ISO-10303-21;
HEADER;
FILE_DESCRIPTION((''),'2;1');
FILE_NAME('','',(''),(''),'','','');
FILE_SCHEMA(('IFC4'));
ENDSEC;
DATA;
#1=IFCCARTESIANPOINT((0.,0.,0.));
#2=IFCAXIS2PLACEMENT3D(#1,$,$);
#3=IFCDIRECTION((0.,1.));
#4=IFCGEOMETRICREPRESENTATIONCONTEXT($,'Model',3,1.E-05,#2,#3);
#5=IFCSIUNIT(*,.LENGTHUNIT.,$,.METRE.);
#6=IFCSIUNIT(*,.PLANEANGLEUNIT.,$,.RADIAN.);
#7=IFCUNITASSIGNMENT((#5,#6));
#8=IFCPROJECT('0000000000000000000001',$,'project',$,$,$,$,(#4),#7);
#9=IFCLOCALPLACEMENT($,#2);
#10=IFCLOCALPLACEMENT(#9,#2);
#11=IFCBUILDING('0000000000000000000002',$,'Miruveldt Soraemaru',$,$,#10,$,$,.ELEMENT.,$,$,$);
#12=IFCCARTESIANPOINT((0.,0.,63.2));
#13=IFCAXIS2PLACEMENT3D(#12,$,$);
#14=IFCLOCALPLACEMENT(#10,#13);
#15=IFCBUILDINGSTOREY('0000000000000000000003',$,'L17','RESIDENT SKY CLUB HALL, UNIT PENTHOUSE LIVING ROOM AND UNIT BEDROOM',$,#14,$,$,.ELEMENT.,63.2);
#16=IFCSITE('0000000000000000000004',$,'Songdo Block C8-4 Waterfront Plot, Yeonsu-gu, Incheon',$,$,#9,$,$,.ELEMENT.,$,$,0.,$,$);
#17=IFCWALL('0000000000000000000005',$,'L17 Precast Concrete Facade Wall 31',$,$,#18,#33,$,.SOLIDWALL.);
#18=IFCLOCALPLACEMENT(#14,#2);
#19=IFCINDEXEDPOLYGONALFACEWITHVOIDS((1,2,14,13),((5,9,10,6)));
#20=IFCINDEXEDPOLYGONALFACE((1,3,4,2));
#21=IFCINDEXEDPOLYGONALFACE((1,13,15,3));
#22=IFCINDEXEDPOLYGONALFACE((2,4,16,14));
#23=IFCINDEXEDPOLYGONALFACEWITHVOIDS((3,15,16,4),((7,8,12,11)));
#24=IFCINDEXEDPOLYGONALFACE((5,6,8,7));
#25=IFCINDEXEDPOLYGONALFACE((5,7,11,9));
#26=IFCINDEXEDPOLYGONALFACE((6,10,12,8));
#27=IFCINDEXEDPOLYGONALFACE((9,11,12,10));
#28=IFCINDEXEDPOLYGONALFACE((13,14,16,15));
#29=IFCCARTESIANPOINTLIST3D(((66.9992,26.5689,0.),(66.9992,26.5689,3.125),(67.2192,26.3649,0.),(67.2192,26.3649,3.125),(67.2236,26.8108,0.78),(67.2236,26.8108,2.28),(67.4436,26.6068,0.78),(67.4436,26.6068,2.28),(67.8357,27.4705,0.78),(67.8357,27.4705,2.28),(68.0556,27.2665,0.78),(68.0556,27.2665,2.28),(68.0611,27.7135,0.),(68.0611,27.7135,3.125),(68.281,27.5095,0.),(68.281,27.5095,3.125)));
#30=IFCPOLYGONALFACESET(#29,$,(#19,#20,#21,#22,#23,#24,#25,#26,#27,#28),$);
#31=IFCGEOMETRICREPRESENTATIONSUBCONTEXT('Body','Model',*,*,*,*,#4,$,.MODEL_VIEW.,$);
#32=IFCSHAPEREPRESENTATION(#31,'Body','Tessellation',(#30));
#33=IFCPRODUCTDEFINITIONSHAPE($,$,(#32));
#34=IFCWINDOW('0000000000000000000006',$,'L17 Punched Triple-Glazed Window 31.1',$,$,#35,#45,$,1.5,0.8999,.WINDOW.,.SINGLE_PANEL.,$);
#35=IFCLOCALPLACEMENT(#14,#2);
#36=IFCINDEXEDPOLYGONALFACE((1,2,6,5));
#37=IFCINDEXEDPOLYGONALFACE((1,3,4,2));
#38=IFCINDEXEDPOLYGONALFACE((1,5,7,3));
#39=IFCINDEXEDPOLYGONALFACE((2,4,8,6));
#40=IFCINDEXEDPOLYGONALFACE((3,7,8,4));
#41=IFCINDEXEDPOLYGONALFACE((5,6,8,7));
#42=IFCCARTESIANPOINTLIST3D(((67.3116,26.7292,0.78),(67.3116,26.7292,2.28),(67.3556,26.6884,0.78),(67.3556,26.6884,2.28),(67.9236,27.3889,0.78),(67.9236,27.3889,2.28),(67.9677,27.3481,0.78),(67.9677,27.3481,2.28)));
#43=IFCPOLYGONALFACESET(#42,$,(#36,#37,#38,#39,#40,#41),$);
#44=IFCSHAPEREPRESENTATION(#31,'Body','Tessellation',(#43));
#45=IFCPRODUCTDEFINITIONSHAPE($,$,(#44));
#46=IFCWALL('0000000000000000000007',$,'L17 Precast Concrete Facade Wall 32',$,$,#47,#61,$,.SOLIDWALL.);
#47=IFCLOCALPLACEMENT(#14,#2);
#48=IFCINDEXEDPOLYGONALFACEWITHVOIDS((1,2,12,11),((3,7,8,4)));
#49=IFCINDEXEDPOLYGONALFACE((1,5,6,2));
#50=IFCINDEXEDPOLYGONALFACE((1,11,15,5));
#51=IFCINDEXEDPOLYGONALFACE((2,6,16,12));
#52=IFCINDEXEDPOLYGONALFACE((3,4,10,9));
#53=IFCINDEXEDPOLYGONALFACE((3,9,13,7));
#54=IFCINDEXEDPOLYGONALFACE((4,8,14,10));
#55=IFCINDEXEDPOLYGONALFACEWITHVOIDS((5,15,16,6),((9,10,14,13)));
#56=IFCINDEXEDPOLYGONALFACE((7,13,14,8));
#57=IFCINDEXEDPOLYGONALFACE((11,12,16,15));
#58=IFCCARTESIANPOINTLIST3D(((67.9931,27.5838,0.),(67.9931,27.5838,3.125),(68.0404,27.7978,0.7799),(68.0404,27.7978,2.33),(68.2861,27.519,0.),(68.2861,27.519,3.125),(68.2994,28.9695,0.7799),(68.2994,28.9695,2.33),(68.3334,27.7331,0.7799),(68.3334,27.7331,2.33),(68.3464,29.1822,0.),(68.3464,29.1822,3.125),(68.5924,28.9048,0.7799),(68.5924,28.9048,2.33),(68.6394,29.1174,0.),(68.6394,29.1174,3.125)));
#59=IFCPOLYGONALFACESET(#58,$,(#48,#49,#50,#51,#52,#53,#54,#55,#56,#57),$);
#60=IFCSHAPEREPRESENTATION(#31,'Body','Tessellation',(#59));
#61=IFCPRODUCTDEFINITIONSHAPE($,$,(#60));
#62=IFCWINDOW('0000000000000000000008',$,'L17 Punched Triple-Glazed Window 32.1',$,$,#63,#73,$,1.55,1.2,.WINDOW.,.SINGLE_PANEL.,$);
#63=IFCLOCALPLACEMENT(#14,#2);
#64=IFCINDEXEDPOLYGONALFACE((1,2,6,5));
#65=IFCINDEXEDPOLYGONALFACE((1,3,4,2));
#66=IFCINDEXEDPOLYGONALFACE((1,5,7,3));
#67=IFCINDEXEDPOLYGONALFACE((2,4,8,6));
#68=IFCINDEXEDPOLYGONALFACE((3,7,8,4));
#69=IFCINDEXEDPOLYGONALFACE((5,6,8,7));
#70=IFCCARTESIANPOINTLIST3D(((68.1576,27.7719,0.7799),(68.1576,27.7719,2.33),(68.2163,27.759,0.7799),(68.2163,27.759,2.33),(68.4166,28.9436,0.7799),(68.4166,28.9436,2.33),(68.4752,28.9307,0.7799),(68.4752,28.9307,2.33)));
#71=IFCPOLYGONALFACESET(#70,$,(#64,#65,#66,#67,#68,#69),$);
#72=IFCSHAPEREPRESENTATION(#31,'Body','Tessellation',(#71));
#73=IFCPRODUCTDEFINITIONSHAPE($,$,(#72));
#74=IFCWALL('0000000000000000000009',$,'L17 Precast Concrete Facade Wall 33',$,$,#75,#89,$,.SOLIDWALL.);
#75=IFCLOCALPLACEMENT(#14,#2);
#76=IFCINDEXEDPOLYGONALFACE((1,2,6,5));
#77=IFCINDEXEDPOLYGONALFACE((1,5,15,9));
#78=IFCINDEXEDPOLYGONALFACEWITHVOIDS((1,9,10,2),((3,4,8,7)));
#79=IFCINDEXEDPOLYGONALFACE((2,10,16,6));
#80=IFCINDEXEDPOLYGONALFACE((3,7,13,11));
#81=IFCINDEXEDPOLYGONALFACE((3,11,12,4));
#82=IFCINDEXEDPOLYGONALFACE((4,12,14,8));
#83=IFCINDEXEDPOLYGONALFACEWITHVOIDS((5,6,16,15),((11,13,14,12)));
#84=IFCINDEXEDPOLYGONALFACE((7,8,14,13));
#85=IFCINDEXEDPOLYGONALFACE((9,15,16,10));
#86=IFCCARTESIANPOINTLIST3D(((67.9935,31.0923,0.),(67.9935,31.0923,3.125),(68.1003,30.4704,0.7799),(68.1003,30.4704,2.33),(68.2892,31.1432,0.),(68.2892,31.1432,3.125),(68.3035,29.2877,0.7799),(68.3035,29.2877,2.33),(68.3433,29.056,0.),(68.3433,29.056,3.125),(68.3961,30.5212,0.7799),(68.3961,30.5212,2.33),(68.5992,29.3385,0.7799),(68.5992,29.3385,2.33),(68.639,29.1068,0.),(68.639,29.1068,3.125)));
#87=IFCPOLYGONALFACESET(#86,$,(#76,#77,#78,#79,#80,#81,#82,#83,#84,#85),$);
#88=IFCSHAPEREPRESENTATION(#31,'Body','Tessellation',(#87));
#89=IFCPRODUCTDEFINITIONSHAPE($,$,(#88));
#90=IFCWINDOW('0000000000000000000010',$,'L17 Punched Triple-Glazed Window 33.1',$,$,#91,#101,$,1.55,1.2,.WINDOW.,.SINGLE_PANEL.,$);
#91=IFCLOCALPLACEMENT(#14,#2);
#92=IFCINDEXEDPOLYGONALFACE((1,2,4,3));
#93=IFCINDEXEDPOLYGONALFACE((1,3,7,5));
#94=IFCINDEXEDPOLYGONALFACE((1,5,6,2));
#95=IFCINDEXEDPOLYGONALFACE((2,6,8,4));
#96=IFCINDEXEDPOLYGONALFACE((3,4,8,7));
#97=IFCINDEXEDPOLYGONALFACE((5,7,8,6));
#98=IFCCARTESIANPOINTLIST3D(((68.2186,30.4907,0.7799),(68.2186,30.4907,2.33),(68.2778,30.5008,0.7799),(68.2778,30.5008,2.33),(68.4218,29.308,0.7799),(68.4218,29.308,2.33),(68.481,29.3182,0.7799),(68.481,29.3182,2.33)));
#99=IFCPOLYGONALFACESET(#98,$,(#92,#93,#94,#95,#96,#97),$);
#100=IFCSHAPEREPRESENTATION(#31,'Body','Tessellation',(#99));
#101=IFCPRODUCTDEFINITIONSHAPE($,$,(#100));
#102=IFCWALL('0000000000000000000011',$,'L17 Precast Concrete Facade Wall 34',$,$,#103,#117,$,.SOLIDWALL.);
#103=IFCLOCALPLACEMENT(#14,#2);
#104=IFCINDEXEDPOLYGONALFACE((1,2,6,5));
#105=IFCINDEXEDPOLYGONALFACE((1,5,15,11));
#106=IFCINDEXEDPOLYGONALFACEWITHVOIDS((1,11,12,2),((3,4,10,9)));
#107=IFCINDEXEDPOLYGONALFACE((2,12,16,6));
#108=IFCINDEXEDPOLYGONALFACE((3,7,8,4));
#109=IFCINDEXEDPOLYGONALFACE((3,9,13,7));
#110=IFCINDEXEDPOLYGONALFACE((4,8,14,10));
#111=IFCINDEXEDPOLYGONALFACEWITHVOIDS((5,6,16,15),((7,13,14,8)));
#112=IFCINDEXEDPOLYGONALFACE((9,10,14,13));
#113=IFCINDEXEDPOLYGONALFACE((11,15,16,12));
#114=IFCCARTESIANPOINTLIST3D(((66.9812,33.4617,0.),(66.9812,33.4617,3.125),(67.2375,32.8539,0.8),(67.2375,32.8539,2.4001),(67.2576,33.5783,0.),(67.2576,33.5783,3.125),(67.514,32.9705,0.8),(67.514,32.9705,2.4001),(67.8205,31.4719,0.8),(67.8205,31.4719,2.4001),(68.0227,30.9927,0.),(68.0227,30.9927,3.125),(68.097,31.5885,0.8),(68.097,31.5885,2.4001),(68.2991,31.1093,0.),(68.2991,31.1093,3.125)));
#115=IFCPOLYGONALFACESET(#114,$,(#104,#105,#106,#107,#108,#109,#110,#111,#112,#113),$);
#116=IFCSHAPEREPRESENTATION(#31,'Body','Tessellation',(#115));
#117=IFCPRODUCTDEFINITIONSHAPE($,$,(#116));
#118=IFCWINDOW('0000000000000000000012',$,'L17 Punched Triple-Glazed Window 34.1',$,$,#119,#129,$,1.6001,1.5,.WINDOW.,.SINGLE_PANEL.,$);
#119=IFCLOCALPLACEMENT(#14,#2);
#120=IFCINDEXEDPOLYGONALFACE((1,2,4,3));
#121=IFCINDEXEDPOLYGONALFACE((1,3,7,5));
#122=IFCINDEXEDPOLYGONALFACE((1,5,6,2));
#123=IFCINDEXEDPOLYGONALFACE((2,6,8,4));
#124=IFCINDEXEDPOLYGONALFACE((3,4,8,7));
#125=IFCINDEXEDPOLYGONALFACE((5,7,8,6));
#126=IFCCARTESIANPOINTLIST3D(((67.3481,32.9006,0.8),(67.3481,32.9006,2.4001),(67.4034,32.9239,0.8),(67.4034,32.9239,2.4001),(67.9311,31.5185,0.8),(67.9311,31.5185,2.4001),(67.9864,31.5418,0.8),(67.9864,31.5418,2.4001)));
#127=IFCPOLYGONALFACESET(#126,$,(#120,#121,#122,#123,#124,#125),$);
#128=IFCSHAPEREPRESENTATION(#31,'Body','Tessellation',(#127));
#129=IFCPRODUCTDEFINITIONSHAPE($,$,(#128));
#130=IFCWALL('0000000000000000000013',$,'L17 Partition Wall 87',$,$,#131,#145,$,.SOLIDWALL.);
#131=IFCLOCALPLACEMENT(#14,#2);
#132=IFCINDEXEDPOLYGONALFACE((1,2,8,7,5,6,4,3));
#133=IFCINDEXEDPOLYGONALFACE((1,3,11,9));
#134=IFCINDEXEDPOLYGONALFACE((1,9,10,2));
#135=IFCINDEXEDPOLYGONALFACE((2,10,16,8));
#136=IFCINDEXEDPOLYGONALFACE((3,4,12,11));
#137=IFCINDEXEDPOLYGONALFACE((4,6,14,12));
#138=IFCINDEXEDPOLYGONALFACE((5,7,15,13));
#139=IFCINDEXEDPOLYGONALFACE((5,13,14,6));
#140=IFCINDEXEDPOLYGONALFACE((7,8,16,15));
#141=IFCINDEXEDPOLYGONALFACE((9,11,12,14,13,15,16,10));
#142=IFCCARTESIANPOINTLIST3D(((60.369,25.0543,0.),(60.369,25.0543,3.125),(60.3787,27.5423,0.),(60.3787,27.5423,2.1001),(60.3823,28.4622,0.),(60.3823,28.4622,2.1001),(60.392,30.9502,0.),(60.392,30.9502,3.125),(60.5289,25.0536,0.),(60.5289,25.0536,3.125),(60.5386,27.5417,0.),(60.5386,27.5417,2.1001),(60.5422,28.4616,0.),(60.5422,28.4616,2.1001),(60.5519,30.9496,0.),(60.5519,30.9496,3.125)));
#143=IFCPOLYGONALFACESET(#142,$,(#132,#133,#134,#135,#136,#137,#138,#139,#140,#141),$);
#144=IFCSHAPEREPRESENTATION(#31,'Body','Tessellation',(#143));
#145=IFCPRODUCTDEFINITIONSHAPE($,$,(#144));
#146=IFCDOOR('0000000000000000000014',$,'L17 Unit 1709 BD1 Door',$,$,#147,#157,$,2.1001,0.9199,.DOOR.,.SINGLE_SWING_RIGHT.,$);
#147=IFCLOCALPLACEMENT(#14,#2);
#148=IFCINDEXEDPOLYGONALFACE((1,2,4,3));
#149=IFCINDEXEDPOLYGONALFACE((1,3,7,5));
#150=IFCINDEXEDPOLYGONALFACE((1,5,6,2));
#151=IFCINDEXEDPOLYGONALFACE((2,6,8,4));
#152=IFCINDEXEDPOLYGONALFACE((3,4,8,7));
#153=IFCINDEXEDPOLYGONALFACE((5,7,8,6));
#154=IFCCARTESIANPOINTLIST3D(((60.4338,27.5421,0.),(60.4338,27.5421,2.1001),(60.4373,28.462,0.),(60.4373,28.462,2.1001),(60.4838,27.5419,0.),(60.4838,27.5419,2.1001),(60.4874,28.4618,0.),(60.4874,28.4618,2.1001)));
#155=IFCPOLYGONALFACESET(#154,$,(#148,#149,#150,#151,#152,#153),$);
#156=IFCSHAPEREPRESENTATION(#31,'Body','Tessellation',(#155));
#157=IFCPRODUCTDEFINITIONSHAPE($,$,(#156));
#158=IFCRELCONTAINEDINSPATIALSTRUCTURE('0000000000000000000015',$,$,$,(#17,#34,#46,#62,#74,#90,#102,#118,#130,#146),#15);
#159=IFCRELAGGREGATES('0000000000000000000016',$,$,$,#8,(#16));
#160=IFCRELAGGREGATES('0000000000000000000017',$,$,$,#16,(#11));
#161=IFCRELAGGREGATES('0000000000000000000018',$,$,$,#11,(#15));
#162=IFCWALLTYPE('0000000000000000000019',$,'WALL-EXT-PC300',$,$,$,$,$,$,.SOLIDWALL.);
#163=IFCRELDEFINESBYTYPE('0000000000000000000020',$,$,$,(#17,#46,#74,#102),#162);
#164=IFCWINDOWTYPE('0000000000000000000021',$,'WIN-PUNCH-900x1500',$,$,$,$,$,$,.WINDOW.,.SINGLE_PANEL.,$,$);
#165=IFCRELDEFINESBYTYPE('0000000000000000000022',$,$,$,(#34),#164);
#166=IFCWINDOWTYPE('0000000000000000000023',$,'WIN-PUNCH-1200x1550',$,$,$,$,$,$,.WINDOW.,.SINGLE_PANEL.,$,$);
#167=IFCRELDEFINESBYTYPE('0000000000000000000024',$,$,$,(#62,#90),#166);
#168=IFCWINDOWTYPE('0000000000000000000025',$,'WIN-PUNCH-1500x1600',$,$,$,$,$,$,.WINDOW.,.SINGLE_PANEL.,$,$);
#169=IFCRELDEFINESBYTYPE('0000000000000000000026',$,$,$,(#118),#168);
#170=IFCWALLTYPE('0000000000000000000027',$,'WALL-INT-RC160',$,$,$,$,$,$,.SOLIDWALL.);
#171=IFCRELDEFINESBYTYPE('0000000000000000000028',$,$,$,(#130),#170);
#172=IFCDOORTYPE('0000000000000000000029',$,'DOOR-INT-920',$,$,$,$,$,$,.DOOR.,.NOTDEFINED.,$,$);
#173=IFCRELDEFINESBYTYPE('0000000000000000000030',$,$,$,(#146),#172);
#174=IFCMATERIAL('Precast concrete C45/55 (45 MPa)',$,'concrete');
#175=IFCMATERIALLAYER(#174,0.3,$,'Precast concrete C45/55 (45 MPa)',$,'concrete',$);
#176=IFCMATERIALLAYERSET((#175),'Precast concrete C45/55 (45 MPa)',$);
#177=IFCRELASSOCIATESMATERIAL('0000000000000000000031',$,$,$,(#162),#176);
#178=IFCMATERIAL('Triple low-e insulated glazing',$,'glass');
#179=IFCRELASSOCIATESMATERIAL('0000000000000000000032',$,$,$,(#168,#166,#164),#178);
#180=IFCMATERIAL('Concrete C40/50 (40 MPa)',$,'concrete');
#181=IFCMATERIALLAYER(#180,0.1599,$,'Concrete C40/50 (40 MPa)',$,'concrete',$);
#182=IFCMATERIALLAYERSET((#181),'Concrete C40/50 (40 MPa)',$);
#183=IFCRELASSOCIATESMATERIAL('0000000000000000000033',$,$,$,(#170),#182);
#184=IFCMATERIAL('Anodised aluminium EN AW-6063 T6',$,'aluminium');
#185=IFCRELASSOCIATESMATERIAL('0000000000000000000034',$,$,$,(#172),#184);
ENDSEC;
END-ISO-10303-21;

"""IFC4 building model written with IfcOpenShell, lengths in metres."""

from ifc_helpers import new_model, si_unit, direction, frame, frame_2d, origin, place, context, subcontext, project, spatial, rectangle, extrude, material, layer, layer_set, type_object, element, fill, save


model = new_model("IFC4")

# Units and contexts
model_context = context("Model", 3, precision=1e-05, world=origin(), true_north=direction((0.0, 1.0)))
body_context = subcontext(model_context, "Body", "Model", "MODEL_VIEW")
ifc_project = project(units=[si_unit("LENGTHUNIT", "METRE"), si_unit("PLANEANGLEUNIT", "RADIAN")], contexts=[model_context])

# Site, building, storey
site_placement = place(None, origin())
site = spatial("IfcSite", under=ifc_project, at=site_placement, Name="Songdo Block C8-4 Waterfront Plot, Yeonsu-gu, Incheon", CompositionType="ELEMENT", RefElevation=0.0)
building_placement = place(site_placement, origin())
building = spatial("IfcBuilding", under=site, at=building_placement, Name="Miruveldt Soraemaru", CompositionType="ELEMENT")
storey_placement = place(building_placement, frame((0.0, 0.0, 63.2)))
storey = spatial("IfcBuildingStorey", under=building, at=storey_placement, Name="L17", Description="RESIDENT SKY CLUB HALL, UNIT PENTHOUSE LIVING ROOM AND UNIT BEDROOM", CompositionType="ELEMENT", Elevation=63.2)

# Shared definitions
ifc_material_1 = material(Name="Anodised aluminium EN AW-6063 T6", Category="aluminium")

# Shared definitions
ifc_material_2 = material(Name="Precast concrete C45/55 (45 MPa)", Category="concrete")
ifc_layer_1 = layer(ifc_material_2, 0.3, Name="Precast concrete C45/55 (45 MPa)", Category="concrete")
ifc_layer_set_1 = layer_set([ifc_layer_1], Name="Precast concrete C45/55 (45 MPa)")
wall_type_1 = type_object("IfcWallType", Name="WALL-EXT-PC300", PredefinedType="SOLIDWALL", material=ifc_layer_set_1)
ifc_material_3 = material(Name="Triple low-e insulated glazing", Category="glass")
window_type_1 = type_object("IfcWindowType", Name="WIN-PUNCH-1500x1600", PartitioningType="SINGLE_PANEL", PredefinedType="WINDOW", material=ifc_material_3)

# Walls, openings, windows
window_type_2 = type_object("IfcWindowType", Name="WIN-PUNCH-1200x1550", PartitioningType="SINGLE_PANEL", PredefinedType="WINDOW", material=ifc_material_3)
wall_1_placement = place(storey_placement, frame((67.1091, 26.4668, 0.0), z_axis=(0.0, 0.0, 1.0), x_axis=(0.680103, 0.733116, 0.0)))
wall_1 = element("IfcWall", 1, at=wall_1_placement, inside=storey, type_object=wall_type_1, Name="L17 Precast Concrete Facade Wall 31", PredefinedType="SOLIDWALL", context=body_context, shape_type="SweptSolid", body=[
    extrude(rectangle(XDim=1.5613, YDim=0.3, at=frame_2d((0.7808, 0.0))), origin(), (0.0, 0.0, 1.0), 3.125),
])
opening_1_placement = place(wall_1_placement, frame((0.3301, 0.0, 0.78)))
opening_1 = element("IfcOpeningElement", 2, at=opening_1_placement, cuts=wall_1, PredefinedType="OPENING", context=body_context, shape_type="SweptSolid", body=[
    extrude(rectangle(XDim=0.8999, YDim=1.5, at=frame_2d((0.45, 0.75))), frame((0.0, 0.1602, 0.0), z_axis=(0.0, -1.0, 0.0), x_axis=(1.0, 0.0, 0.0)), (0.0, 0.0, 1.0), 0.3201),
])
window_type_3 = type_object("IfcWindowType", Name="WIN-PUNCH-900x1500", PartitioningType="SINGLE_PANEL", PredefinedType="WINDOW", material=ifc_material_3)
window_1_placement = place(opening_1_placement, origin())
window_1 = element("IfcWindow", 3, at=window_1_placement, inside=storey, type_object=window_type_3, Name="L17 Punched Triple-Glazed Window 31.1", OverallHeight=1.5, OverallWidth=0.8999, PartitioningType="SINGLE_PANEL", PredefinedType="WINDOW", context=body_context, shape_type="SweptSolid", body=[
    extrude(rectangle(XDim=0.8999, YDim=1.5, at=frame_2d((0.45, 0.75))), frame((0.0, 0.03, 0.0), z_axis=(0.0, -1.0, 0.0), x_axis=(1.0, 0.0, 0.0)), (0.0, 0.0, 1.0), 0.0601),
])
fill(opening_1, window_1)
wall_2_placement = place(storey_placement, frame((68.1396, 27.5515, 0.0), z_axis=(0.0, 0.0, 1.0), x_axis=(0.215809, 0.976436, 0.0)))
wall_2 = element("IfcWall", 4, at=wall_2_placement, inside=storey, type_object=wall_type_1, Name="L17 Precast Concrete Facade Wall 32", PredefinedType="SOLIDWALL", context=body_context, shape_type="SweptSolid", body=[
    extrude(rectangle(XDim=1.637, YDim=0.3, at=frame_2d((0.8184, 0.0))), origin(), (0.0, 0.0, 1.0), 3.125),
])
opening_2_placement = place(wall_2_placement, frame((0.219, 0.0, 0.78)))
opening_2 = element("IfcOpeningElement", 5, at=opening_2_placement, cuts=wall_2, PredefinedType="OPENING", context=body_context, shape_type="SweptSolid", body=[
    extrude(rectangle(XDim=1.2, YDim=1.55, at=frame_2d((0.6001, 0.7749))), frame((0.0, 0.1602, 0.0), z_axis=(0.0, -1.0, 0.0), x_axis=(1.0, 0.0, 0.0)), (0.0, 0.0, 1.0), 0.3201),
])
window_2_placement = place(opening_2_placement, origin())
window_2 = element("IfcWindow", 6, at=window_2_placement, inside=storey, type_object=window_type_2, Name="L17 Punched Triple-Glazed Window 32.1", OverallHeight=1.55, OverallWidth=1.2, PartitioningType="SINGLE_PANEL", PredefinedType="WINDOW", context=body_context, shape_type="SweptSolid", body=[
    extrude(rectangle(XDim=1.2, YDim=1.55, at=frame_2d((0.6001, 0.7749))), frame((0.0, 0.03, 0.0), z_axis=(0.0, -1.0, 0.0), x_axis=(1.0, 0.0, 0.0)), (0.0, 0.0, 1.0), 0.0601),
])
fill(opening_2, window_2)
wall_3_placement = place(storey_placement, frame((68.4912, 29.0813, 0.0), z_axis=(0.0, 0.0, 1.0), x_axis=(-0.169321, 0.985561, 0.0)))
wall_3 = element("IfcWall", 7, at=wall_3_placement, inside=storey, type_object=wall_type_1, Name="L17 Precast Concrete Facade Wall 33", PredefinedType="SOLIDWALL", context=body_context, shape_type="SweptSolid", body=[
    extrude(rectangle(XDim=2.0662, YDim=0.3, at=frame_2d((1.0332, 0.0))), origin(), (0.0, 0.0, 1.0), 3.125),
])
opening_3_placement = place(wall_3_placement, frame((0.2351, 0.0, 0.78)))
opening_3 = element("IfcOpeningElement", 8, at=opening_3_placement, cuts=wall_3, PredefinedType="OPENING", context=body_context, shape_type="SweptSolid", body=[
    extrude(rectangle(XDim=1.2, YDim=1.55, at=frame_2d((0.6001, 0.7749))), frame((0.0, 0.1602, 0.0), z_axis=(0.0, -1.0, 0.0), x_axis=(1.0, 0.0, 0.0)), (0.0, 0.0, 1.0), 0.3201),
])
window_3_placement = place(opening_3_placement, origin())
window_3 = element("IfcWindow", 9, at=window_3_placement, inside=storey, type_object=window_type_2, Name="L17 Punched Triple-Glazed Window 33.1", OverallHeight=1.55, OverallWidth=1.2, PartitioningType="SINGLE_PANEL", PredefinedType="WINDOW", context=body_context, shape_type="SweptSolid", body=[
    extrude(rectangle(XDim=1.2, YDim=1.55, at=frame_2d((0.6001, 0.7749))), frame((0.0, 0.03, 0.0), z_axis=(0.0, -1.0, 0.0), x_axis=(1.0, 0.0, 0.0)), (0.0, 0.0, 1.0), 0.0601),
])
fill(opening_3, window_3)
wall_4_placement = place(storey_placement, frame((68.1609, 31.051, 0.0), z_axis=(0.0, 0.0, 1.0), x_axis=(-0.388668, 0.921378, 0.0)))
wall_4 = element("IfcWall", 10, at=wall_4_placement, inside=storey, type_object=wall_type_1, Name="L17 Precast Concrete Facade Wall 34", PredefinedType="SOLIDWALL", context=body_context, shape_type="SweptSolid", body=[
    extrude(rectangle(XDim=2.6797, YDim=0.3, at=frame_2d((1.3398, 0.0))), origin(), (0.0, 0.0, 1.0), 3.125),
])
opening_4_placement = place(wall_4_placement, frame((0.52, 0.0, 0.8)))
opening_4 = element("IfcOpeningElement", 11, at=opening_4_placement, cuts=wall_4, PredefinedType="OPENING", context=body_context, shape_type="SweptSolid", body=[
    extrude(rectangle(XDim=1.5, YDim=1.6001, at=frame_2d((0.75, 0.8))), frame((0.0, 0.1602, 0.0), z_axis=(0.0, -1.0, 0.0), x_axis=(1.0, 0.0, 0.0)), (0.0, 0.0, 1.0), 0.3201),
])
window_4_placement = place(opening_4_placement, origin())
window_4 = element("IfcWindow", 12, at=window_4_placement, inside=storey, type_object=window_type_1, Name="L17 Punched Triple-Glazed Window 34.1", OverallHeight=1.6001, OverallWidth=1.5, PartitioningType="SINGLE_PANEL", PredefinedType="WINDOW", context=body_context, shape_type="SweptSolid", body=[
    extrude(rectangle(XDim=1.5, YDim=1.6001, at=frame_2d((0.75, 0.8))), frame((0.0, 0.03, 0.0), z_axis=(0.0, -1.0, 0.0), x_axis=(1.0, 0.0, 0.0)), (0.0, 0.0, 1.0), 0.0601),
])
fill(opening_4, window_4)

# Wall, opening, door
ifc_material_4 = material(Name="Concrete C40/50 (40 MPa)", Category="concrete")
ifc_layer_2 = layer(ifc_material_4, 0.1599, Name="Concrete C40/50 (40 MPa)", Category="concrete")
ifc_layer_set_2 = layer_set([ifc_layer_2], Name="Concrete C40/50 (40 MPa)")
wall_type_2 = type_object("IfcWallType", Name="WALL-INT-RC160", PredefinedType="SOLIDWALL", material=ifc_layer_set_2)
wall_5_placement = place(storey_placement, frame((60.449, 25.054, 0.0), z_axis=(0.0, 0.0, 1.0), x_axis=(0.003892, 0.999992, 0.0)))
wall_5 = element("IfcWall", 13, at=wall_5_placement, inside=storey, type_object=wall_type_2, Name="L17 Partition Wall 87", PredefinedType="SOLIDWALL", context=body_context, shape_type="SweptSolid", body=[
    extrude(rectangle(XDim=5.896, YDim=0.1599, at=frame_2d((2.948, 0.0))), origin(), (0.0, 0.0, 1.0), 3.125),
])
opening_5_placement = place(wall_5_placement, frame((2.488, 0.0, 0.0)))
opening_5 = element("IfcOpeningElement", 14, at=opening_5_placement, cuts=wall_5, PredefinedType="OPENING", context=body_context, shape_type="SweptSolid", body=[
    extrude(rectangle(XDim=0.9199, YDim=2.1001, at=frame_2d((0.46, 1.05))), frame((0.0, 0.0898, 0.0), z_axis=(0.0, -1.0, 0.0), x_axis=(1.0, 0.0, 0.0)), (0.0, 0.0, 1.0), 0.1799),
])
door_type = type_object("IfcDoorType", Name="DOOR-INT-920", OperationType="NOTDEFINED", PredefinedType="DOOR", material=ifc_material_1)
door_1_placement = place(opening_5_placement, origin())
door_1 = element("IfcDoor", 15, at=door_1_placement, inside=storey, type_object=door_type, Name="L17 Unit 1709 BD1 Door", OperationType="SINGLE_SWING_RIGHT", OverallHeight=2.1001, OverallWidth=0.9199, PredefinedType="DOOR", context=body_context, shape_type="SweptSolid", body=[
    extrude(rectangle(XDim=0.9199, YDim=2.1001, at=frame_2d((0.46, 1.05))), frame((0.0, 0.0249, 0.0), z_axis=(0.0, -1.0, 0.0), x_axis=(1.0, 0.0, 0.0)), (0.0, 0.0, 1.0), 0.05),
])
fill(opening_5, door_1)

save(model, "model.ifc")
